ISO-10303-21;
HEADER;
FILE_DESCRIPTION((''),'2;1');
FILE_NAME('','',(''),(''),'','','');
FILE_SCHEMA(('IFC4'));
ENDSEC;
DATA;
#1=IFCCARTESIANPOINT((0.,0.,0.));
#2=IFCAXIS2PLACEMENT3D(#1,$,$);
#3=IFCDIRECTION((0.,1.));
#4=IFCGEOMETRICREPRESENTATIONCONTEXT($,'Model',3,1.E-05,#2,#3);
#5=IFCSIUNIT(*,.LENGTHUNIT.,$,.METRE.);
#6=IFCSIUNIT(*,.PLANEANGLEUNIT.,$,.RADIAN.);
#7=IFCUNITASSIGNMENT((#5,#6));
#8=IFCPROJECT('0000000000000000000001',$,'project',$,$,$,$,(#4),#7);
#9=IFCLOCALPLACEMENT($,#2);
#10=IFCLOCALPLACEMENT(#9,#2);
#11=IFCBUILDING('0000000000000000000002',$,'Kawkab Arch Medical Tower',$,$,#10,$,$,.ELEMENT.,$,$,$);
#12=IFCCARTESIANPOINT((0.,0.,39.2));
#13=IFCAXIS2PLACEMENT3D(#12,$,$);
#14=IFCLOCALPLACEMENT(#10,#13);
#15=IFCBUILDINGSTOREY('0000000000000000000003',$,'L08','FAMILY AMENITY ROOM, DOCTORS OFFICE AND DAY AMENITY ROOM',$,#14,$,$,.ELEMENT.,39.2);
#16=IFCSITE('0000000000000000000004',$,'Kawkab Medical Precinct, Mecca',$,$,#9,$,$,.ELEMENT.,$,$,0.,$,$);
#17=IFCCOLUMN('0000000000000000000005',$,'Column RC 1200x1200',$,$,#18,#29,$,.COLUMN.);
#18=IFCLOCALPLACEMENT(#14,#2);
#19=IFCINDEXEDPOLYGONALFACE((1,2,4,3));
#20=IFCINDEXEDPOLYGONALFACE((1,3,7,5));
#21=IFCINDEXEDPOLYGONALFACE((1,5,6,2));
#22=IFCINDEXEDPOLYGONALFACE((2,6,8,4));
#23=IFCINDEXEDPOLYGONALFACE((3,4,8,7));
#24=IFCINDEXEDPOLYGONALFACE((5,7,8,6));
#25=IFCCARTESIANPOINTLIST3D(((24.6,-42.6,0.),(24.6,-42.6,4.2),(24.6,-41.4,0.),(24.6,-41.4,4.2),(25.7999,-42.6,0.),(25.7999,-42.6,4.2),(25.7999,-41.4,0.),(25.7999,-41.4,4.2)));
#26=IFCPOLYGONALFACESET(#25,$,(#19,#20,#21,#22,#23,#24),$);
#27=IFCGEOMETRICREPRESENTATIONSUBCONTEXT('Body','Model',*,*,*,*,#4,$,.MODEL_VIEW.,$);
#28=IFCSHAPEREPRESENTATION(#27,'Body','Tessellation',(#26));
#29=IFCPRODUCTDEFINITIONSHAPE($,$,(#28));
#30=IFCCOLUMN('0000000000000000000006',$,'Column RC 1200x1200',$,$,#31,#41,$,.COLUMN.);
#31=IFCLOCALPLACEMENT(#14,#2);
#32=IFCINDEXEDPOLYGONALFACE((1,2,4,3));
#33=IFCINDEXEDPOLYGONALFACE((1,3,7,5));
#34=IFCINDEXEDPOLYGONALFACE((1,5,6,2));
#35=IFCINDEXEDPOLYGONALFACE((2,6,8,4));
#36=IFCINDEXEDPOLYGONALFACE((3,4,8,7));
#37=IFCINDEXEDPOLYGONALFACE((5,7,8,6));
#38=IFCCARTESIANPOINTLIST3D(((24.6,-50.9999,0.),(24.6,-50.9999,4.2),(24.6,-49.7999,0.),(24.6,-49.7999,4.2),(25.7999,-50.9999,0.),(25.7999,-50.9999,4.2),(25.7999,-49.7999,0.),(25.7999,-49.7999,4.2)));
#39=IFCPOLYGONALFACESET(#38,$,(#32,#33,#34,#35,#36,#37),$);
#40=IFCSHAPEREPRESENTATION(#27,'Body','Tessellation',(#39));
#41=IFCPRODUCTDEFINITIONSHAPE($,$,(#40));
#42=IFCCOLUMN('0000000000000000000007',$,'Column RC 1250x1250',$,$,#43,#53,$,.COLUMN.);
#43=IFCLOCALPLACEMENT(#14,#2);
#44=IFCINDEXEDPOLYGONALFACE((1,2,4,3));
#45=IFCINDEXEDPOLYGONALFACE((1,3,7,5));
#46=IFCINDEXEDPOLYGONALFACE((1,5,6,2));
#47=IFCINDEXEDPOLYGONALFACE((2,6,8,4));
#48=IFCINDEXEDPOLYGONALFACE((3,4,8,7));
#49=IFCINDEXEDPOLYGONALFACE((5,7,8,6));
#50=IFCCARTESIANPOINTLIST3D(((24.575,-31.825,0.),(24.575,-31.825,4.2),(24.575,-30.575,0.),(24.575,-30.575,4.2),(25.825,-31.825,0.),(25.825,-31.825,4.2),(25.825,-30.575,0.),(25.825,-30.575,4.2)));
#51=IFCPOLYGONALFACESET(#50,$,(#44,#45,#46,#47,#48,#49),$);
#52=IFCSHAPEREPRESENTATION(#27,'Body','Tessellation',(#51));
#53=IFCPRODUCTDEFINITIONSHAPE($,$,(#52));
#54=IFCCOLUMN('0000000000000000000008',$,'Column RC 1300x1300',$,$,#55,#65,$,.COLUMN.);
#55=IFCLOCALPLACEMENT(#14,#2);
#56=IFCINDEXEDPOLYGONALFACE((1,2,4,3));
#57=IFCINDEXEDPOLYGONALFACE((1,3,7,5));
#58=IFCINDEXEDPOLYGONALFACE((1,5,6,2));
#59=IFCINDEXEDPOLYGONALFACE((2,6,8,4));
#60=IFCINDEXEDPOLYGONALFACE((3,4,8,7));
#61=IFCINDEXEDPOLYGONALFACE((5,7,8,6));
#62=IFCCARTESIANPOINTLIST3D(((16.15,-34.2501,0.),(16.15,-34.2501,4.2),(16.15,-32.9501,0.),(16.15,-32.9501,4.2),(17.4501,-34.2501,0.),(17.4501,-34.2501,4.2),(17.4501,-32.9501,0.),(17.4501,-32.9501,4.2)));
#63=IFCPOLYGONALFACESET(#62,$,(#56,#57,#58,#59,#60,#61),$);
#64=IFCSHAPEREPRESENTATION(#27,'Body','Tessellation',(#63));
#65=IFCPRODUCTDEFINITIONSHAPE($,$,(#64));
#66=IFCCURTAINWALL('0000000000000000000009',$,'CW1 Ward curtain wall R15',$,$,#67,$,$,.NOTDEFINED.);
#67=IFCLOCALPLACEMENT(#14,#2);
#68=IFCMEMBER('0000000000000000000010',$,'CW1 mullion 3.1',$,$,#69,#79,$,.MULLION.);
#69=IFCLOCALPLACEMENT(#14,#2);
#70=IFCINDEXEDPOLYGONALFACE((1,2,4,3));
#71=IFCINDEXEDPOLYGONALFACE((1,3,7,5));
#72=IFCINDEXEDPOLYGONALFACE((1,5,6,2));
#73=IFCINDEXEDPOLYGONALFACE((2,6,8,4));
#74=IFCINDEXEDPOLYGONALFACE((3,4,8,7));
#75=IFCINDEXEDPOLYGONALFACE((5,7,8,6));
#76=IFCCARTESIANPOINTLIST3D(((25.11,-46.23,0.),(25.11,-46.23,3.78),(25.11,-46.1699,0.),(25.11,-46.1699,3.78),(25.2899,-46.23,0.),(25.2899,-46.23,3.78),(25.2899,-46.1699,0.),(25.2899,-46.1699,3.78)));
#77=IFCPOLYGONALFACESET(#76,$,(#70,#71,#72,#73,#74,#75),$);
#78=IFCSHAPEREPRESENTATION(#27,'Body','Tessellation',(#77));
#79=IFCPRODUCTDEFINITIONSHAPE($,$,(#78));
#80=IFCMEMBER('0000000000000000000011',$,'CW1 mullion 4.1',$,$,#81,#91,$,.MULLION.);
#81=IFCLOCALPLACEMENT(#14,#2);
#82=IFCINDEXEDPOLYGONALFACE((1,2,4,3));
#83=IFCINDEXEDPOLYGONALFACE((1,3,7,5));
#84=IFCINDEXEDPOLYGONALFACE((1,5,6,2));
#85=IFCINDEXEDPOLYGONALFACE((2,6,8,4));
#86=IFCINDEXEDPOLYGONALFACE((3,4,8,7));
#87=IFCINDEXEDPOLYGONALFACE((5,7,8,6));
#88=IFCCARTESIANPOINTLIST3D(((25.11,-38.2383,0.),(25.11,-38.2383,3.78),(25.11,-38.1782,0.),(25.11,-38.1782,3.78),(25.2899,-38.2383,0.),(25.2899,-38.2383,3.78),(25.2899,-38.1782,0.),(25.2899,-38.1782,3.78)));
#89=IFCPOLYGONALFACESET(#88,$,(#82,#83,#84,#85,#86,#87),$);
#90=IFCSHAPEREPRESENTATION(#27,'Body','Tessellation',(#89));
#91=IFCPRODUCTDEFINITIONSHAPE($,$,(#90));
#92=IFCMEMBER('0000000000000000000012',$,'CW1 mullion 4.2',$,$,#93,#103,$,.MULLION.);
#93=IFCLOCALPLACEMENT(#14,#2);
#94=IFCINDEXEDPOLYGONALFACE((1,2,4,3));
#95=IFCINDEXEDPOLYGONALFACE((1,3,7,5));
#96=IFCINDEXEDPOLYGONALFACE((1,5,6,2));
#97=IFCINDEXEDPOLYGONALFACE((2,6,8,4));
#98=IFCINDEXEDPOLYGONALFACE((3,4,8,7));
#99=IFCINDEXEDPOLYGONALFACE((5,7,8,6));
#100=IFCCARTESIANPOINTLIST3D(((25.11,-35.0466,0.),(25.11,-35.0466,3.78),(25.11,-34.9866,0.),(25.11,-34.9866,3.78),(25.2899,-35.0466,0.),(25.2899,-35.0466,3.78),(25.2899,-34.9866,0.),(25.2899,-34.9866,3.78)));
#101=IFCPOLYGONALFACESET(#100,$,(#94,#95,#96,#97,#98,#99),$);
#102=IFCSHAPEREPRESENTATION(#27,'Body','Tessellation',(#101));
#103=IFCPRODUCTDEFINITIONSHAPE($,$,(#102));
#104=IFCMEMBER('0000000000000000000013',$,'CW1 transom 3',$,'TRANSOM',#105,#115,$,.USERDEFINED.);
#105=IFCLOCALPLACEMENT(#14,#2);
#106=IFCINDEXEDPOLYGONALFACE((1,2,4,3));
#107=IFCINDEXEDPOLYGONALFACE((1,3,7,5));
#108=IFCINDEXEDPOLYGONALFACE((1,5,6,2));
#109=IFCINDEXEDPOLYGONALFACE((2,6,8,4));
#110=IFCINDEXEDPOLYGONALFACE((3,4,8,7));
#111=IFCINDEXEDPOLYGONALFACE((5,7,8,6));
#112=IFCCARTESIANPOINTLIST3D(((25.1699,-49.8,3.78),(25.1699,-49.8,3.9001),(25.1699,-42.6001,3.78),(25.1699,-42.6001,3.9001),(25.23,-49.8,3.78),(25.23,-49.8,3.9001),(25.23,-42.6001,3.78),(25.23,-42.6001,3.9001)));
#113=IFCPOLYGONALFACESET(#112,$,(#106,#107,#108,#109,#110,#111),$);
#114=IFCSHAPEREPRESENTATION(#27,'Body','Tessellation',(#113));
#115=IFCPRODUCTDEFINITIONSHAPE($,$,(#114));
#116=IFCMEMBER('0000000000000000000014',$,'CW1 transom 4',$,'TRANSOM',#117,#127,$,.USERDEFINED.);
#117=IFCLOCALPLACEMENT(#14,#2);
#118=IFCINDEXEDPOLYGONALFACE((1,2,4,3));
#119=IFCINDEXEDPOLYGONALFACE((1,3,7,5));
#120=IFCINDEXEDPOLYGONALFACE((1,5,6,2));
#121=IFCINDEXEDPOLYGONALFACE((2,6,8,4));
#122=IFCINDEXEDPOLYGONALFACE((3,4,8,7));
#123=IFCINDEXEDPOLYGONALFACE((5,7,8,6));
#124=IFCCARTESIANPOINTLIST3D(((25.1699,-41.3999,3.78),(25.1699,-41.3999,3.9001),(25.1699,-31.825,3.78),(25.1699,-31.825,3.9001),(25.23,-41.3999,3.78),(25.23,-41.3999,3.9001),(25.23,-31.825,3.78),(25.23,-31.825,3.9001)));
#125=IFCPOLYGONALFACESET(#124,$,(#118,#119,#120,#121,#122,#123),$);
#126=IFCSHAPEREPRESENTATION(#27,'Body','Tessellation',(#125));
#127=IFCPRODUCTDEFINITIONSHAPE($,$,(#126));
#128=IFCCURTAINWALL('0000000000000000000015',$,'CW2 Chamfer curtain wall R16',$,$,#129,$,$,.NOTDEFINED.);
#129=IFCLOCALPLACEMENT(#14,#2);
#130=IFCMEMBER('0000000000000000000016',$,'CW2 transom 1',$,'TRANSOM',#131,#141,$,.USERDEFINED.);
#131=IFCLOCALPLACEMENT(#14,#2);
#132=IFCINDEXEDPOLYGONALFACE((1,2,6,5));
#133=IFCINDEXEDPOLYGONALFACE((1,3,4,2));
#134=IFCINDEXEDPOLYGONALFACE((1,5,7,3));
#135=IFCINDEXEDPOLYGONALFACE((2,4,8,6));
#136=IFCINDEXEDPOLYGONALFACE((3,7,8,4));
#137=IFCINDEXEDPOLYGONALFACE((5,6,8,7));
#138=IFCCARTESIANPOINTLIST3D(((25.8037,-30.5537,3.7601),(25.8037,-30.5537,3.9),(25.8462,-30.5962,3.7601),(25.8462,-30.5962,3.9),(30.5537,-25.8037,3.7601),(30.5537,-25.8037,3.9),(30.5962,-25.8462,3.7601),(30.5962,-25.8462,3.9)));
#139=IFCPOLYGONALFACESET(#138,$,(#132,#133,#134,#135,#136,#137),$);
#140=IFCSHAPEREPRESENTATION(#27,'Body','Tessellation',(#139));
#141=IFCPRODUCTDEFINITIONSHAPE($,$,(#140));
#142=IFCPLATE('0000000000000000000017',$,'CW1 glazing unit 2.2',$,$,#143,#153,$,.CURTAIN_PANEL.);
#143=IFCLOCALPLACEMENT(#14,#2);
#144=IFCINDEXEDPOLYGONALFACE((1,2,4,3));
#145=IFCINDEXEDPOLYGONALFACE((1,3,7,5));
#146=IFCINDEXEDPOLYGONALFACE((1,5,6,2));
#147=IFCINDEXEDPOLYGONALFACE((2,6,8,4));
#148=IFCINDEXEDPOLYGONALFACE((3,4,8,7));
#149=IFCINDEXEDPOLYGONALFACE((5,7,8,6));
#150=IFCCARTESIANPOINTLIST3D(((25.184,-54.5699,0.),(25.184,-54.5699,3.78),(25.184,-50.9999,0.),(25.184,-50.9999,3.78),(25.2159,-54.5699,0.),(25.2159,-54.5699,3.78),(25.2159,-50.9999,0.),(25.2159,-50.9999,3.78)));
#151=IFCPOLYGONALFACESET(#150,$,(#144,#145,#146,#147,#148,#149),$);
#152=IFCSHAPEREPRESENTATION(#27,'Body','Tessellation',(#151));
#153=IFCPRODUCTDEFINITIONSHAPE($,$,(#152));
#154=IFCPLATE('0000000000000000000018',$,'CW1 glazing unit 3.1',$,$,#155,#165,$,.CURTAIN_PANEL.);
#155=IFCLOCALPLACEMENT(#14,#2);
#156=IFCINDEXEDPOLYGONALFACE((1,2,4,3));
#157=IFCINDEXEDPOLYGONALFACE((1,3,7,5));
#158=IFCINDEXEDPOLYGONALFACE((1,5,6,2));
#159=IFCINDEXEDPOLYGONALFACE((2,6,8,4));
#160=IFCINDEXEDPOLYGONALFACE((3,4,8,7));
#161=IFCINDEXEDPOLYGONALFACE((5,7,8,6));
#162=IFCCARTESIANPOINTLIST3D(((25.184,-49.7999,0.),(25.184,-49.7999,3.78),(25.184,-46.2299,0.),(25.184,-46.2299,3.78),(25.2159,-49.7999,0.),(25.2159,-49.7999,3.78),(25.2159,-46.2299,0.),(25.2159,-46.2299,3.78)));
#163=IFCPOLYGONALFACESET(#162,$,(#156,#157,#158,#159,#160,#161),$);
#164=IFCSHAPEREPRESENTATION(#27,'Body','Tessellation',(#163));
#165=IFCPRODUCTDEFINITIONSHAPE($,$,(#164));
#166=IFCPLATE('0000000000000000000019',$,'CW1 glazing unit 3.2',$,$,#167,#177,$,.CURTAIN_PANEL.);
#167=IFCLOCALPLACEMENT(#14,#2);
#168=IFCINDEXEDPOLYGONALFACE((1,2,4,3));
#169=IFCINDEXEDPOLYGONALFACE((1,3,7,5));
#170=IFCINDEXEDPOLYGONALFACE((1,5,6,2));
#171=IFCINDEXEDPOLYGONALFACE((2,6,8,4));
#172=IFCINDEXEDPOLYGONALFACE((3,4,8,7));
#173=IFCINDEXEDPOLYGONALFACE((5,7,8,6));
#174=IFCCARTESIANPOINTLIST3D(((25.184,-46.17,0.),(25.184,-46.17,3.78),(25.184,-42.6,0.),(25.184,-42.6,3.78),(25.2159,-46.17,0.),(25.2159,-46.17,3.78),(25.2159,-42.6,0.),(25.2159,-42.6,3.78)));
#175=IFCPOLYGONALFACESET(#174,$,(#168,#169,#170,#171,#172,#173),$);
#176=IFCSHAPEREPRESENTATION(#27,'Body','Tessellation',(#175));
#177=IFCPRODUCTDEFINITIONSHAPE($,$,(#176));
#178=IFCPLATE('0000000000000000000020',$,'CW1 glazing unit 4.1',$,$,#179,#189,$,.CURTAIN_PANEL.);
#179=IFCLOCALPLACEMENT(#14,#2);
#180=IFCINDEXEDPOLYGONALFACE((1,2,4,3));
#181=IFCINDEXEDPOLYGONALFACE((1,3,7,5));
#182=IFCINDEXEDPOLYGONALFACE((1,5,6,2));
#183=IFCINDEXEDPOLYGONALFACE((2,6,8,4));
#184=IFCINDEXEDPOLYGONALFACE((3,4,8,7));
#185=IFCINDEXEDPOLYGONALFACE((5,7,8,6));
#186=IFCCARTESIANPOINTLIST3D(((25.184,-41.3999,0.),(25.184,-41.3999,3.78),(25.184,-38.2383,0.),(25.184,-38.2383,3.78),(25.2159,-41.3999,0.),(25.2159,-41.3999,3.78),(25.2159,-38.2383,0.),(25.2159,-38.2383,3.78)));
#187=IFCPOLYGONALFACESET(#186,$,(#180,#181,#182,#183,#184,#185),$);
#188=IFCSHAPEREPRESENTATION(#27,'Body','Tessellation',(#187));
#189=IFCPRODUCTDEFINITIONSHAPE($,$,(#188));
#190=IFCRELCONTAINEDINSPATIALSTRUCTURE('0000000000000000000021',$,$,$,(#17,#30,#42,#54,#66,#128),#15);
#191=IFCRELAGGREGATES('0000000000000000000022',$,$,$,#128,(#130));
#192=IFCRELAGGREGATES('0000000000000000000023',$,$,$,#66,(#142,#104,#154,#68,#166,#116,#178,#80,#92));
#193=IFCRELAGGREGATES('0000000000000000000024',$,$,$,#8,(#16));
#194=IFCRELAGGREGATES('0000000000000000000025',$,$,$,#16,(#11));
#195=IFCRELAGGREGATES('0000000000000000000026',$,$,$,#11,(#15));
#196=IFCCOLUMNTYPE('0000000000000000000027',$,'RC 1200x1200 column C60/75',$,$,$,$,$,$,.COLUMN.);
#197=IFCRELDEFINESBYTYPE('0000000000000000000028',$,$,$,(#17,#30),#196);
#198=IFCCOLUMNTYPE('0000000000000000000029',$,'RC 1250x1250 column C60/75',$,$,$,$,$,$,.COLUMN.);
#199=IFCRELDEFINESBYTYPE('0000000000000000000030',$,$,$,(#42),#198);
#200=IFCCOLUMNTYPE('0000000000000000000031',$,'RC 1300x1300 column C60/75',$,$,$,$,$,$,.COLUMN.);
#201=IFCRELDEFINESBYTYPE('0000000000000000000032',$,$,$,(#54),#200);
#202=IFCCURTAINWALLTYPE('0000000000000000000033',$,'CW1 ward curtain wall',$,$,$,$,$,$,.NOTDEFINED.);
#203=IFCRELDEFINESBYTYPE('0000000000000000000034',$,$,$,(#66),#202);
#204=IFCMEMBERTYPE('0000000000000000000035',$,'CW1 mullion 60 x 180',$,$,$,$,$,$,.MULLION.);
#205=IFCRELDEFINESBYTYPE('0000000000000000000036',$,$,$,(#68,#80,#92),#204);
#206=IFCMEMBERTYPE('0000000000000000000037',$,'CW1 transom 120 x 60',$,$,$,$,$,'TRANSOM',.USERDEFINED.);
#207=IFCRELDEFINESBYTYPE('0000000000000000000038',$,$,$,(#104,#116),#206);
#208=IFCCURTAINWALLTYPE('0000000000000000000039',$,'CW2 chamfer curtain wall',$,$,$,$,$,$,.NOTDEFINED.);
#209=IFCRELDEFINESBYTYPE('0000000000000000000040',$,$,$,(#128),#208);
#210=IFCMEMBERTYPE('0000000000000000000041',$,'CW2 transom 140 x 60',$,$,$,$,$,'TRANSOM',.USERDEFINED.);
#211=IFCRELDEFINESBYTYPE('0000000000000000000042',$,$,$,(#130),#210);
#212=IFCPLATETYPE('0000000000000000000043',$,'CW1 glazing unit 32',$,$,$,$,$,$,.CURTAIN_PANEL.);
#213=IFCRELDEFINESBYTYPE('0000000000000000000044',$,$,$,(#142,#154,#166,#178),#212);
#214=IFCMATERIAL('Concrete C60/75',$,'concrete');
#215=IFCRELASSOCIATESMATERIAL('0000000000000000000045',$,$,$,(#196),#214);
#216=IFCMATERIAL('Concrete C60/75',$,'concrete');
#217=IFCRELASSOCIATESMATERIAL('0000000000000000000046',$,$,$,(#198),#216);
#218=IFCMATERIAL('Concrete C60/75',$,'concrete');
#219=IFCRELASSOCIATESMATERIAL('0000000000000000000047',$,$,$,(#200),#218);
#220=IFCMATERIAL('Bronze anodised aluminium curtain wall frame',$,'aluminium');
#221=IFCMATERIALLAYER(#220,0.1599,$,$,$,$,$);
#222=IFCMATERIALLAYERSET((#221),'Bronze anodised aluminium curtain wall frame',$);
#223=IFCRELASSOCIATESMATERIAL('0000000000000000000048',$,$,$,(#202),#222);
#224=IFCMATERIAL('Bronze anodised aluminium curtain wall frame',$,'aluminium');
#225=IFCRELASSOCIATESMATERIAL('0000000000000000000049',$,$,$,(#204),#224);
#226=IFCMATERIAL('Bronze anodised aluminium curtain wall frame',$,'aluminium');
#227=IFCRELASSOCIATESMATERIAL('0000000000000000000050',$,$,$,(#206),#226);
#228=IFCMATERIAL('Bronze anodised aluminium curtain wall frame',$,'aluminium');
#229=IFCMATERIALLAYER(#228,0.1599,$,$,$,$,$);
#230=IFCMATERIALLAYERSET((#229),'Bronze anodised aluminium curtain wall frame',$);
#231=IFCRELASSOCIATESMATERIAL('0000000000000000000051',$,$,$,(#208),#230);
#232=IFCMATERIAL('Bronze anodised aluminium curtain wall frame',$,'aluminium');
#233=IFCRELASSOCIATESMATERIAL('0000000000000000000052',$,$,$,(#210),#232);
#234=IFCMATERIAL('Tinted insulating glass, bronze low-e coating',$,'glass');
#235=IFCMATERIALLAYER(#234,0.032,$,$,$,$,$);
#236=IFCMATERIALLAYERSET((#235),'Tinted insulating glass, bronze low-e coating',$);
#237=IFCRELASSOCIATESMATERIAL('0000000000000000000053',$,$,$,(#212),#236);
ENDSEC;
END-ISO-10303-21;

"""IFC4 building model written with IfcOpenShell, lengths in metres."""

from ifc_helpers import new_model, si_unit, direction, frame, origin, origin_2d, place, context, subcontext, project, spatial, rectangle, extrude, material, layer, layer_set, material_profile, profile_set, type_object, element, aggregate, save


model = new_model("IFC4")

# Units and contexts
model_context = context("Model", 3, precision=1e-05, world=origin(), true_north=direction((0.0, 1.0)))
body_context = subcontext(model_context, "Body", "Model", "MODEL_VIEW")
ifc_project = project(units=[si_unit("LENGTHUNIT", "METRE"), si_unit("PLANEANGLEUNIT", "RADIAN")], contexts=[model_context])

# Site, building, storey
site_placement = place(None, origin())
site = spatial("IfcSite", under=ifc_project, at=site_placement, Name="Kawkab Medical Precinct, Mecca", CompositionType="ELEMENT", RefElevation=0.0)
building_placement = place(site_placement, origin())
building = spatial("IfcBuilding", under=site, at=building_placement, Name="Kawkab Arch Medical Tower", CompositionType="ELEMENT")
storey_placement = place(building_placement, frame((0.0, 0.0, 39.2)))
storey = spatial("IfcBuildingStorey", under=building, at=storey_placement, Name="L08", Description="FAMILY AMENITY ROOM, DOCTORS OFFICE AND DAY AMENITY ROOM", CompositionType="ELEMENT", Elevation=39.2)

# Columns
ifc_material_1 = material(Name="Concrete C60/75", Category="concrete")
ifc_material_profile_1 = material_profile(ifc_material_1, rectangle(XDim=1.2, YDim=1.2, at=origin_2d()), Name="RC 1200x1200")
ifc_profile_set_1 = profile_set([ifc_material_profile_1], Name="Concrete C60/75")
column_type_1 = type_object("IfcColumnType", Name="RC 1200x1200 column C60/75", PredefinedType="COLUMN", material=ifc_profile_set_1)
for number, where, z_axis, x_axis, name in (
    (1, (25.2, -42.0, 0.0), (0.0, 0.0, 1.0), (1.0, 0.0, 0.0), "Column RC 1200x1200"),
    (2, (25.2, -50.3999, 0.0), (0.0, 0.0, 1.0), (1.0, 0.0, 0.0), "Column RC 1200x1200"),
):
    element("IfcColumn", number, at=place(storey_placement, frame(where, z_axis=z_axis, x_axis=x_axis)), inside=storey, type_object=column_type_1, Name=name, PredefinedType="COLUMN", context=body_context, shape_type="SweptSolid", body=[
        extrude(rectangle(XDim=1.2, YDim=1.2, at=origin_2d()), origin(), (0.0, 0.0, 1.0), 4.2),
    ])
ifc_material_2 = material(Name="Concrete C60/75", Category="concrete")
ifc_material_profile_2 = material_profile(ifc_material_2, rectangle(XDim=1.25, YDim=1.25, at=origin_2d()), Name="RC 1250x1250")
ifc_profile_set_2 = profile_set([ifc_material_profile_2], Name="Concrete C60/75")
column_type_2 = type_object("IfcColumnType", Name="RC 1250x1250 column C60/75", PredefinedType="COLUMN", material=ifc_profile_set_2)
column_1_placement = place(storey_placement, frame((25.2, -31.2, 0.0), z_axis=(0.0, 0.0, 1.0), x_axis=(1.0, 0.0, 0.0)))
element("IfcColumn", 3, at=column_1_placement, inside=storey, type_object=column_type_2, Name="Column RC 1250x1250", PredefinedType="COLUMN", context=body_context, shape_type="SweptSolid", body=[
    extrude(rectangle(XDim=1.25, YDim=1.25, at=origin_2d()), origin(), (0.0, 0.0, 1.0), 4.2),
])
ifc_material_3 = material(Name="Concrete C60/75", Category="concrete")
ifc_material_profile_3 = material_profile(ifc_material_3, rectangle(XDim=1.3, YDim=1.3, at=origin_2d()), Name="RC 1300x1300")
ifc_profile_set_3 = profile_set([ifc_material_profile_3], Name="Concrete C60/75")
column_type_3 = type_object("IfcColumnType", Name="RC 1300x1300 column C60/75", PredefinedType="COLUMN", material=ifc_profile_set_3)
column_2_placement = place(storey_placement, frame((16.8, -33.6001, 0.0), z_axis=(0.0, 0.0, 1.0), x_axis=(1.0, 0.0, 0.0)))
element("IfcColumn", 4, at=column_2_placement, inside=storey, type_object=column_type_3, Name="Column RC 1300x1300", PredefinedType="COLUMN", context=body_context, shape_type="SweptSolid", body=[
    extrude(rectangle(XDim=1.3, YDim=1.3, at=origin_2d()), origin(), (0.0, 0.0, 1.0), 4.2),
])

# Curtain wall, members
ifc_material_4 = material(Name="Bronze anodised aluminium curtain wall frame", Category="aluminium")
ifc_layer_1 = layer(ifc_material_4, 0.1599)
ifc_layer_set_1 = layer_set([ifc_layer_1], Name="Bronze anodised aluminium curtain wall frame")
curtain_wall_type_1 = type_object("IfcCurtainWallType", Name="CW1 ward curtain wall", PredefinedType="NOTDEFINED", material=ifc_layer_set_1)
placement = place(storey_placement, origin())
curtain_wall_1 = element("IfcCurtainWall", 5, at=placement, inside=storey, type_object=curtain_wall_type_1, Name="CW1 Ward curtain wall R15", PredefinedType="NOTDEFINED")
ifc_material_5 = material(Name="Bronze anodised aluminium curtain wall frame", Category="aluminium")
ifc_material_profile_4 = material_profile(ifc_material_5, rectangle(XDim=0.1799, YDim=0.0601, at=origin_2d()), Name="AL 60x180")
ifc_profile_set_4 = profile_set([ifc_material_profile_4], Name="Bronze anodised aluminium curtain wall frame")
member_type_1 = type_object("IfcMemberType", Name="CW1 mullion 60 x 180", PredefinedType="MULLION", material=ifc_profile_set_4)
member_1_placement = place(storey_placement, frame((25.2, -46.2, 0.0), z_axis=(0.0, 0.0, 1.0), x_axis=(-1.0, 0.0, 0.0)))
member_1 = element("IfcMember", 6, at=member_1_placement, type_object=member_type_1, Name="CW1 mullion 3.1", PredefinedType="MULLION", context=body_context, shape_type="SweptSolid", body=[
    extrude(rectangle(XDim=0.1799, YDim=0.0601, at=origin_2d()), origin(), (0.0, 0.0, 1.0), 3.78),
])
member_2_placement = place(storey_placement, frame((25.2, -38.2083, 0.0), z_axis=(0.0, 0.0, 1.0), x_axis=(-1.0, 0.0, 0.0)))
member_2 = element("IfcMember", 7, at=member_2_placement, type_object=member_type_1, Name="CW1 mullion 4.1", PredefinedType="MULLION", context=body_context, shape_type="SweptSolid", body=[
    extrude(rectangle(XDim=0.1799, YDim=0.0601, at=origin_2d()), origin(), (0.0, 0.0, 1.0), 3.78),
])
member_3_placement = place(storey_placement, frame((25.2, -35.0166, 0.0), z_axis=(0.0, 0.0, 1.0), x_axis=(-1.0, 0.0, 0.0)))
member_3 = element("IfcMember", 8, at=member_3_placement, type_object=member_type_1, Name="CW1 mullion 4.2", PredefinedType="MULLION", context=body_context, shape_type="SweptSolid", body=[
    extrude(rectangle(XDim=0.1799, YDim=0.0601, at=origin_2d()), origin(), (0.0, 0.0, 1.0), 3.78),
])
ifc_material_6 = material(Name="Bronze anodised aluminium curtain wall frame", Category="aluminium")
ifc_material_profile_5 = material_profile(ifc_material_6, rectangle(XDim=0.0601, YDim=0.1201, at=origin_2d()), Name="AL 60x120")
ifc_profile_set_5 = profile_set([ifc_material_profile_5], Name="Bronze anodised aluminium curtain wall frame")
member_type_2 = type_object("IfcMemberType", Name="CW1 transom 120 x 60", ElementType="TRANSOM", PredefinedType="USERDEFINED", material=ifc_profile_set_5)
member_4_placement = place(storey_placement, frame((25.2, -49.8, 3.8401), z_axis=(0.0, 1.0, 0.0), x_axis=(-1.0, 0.0, 0.0)))
member_4 = element("IfcMember", 9, at=member_4_placement, type_object=member_type_2, Name="CW1 transom 3", ObjectType="TRANSOM", PredefinedType="USERDEFINED", context=body_context, shape_type="SweptSolid", body=[
    extrude(rectangle(XDim=0.0601, YDim=0.1201, at=origin_2d()), origin(), (0.0, 0.0, 1.0), 7.2),
])
member_5_placement = place(storey_placement, frame((25.2, -41.3999, 3.8401), z_axis=(0.0, 1.0, 0.0), x_axis=(-1.0, 0.0, 0.0)))
member_5 = element("IfcMember", 10, at=member_5_placement, type_object=member_type_2, Name="CW1 transom 4", ObjectType="TRANSOM", PredefinedType="USERDEFINED", context=body_context, shape_type="SweptSolid", body=[
    extrude(rectangle(XDim=0.0601, YDim=0.1201, at=origin_2d()), origin(), (0.0, 0.0, 1.0), 9.575),
])

# Curtain wall, member
ifc_material_7 = material(Name="Bronze anodised aluminium curtain wall frame", Category="aluminium")
ifc_layer_2 = layer(ifc_material_7, 0.1599)
ifc_layer_set_2 = layer_set([ifc_layer_2], Name="Bronze anodised aluminium curtain wall frame")
curtain_wall_type_2 = type_object("IfcCurtainWallType", Name="CW2 chamfer curtain wall", PredefinedType="NOTDEFINED", material=ifc_layer_set_2)
curtain_wall_2 = element("IfcCurtainWall", 11, at=placement, inside=storey, type_object=curtain_wall_type_2, Name="CW2 Chamfer curtain wall R16", PredefinedType="NOTDEFINED")
ifc_material_8 = material(Name="Bronze anodised aluminium curtain wall frame", Category="aluminium")
ifc_material_profile_6 = material_profile(ifc_material_8, rectangle(XDim=0.0601, YDim=0.1399, at=origin_2d()), Name="AL 60x140")
ifc_profile_set_6 = profile_set([ifc_material_profile_6], Name="Bronze anodised aluminium curtain wall frame")
member_type_3 = type_object("IfcMemberType", Name="CW2 transom 140 x 60", ElementType="TRANSOM", PredefinedType="USERDEFINED", material=ifc_profile_set_6)
member_6_placement = place(storey_placement, frame((25.825, -30.575, 3.8301), z_axis=(0.707107, 0.707107, 0.0), x_axis=(-0.707107, 0.707107, 0.0)))
member_6 = element("IfcMember", 12, at=member_6_placement, type_object=member_type_3, Name="CW2 transom 1", ObjectType="TRANSOM", PredefinedType="USERDEFINED", context=body_context, shape_type="SweptSolid", body=[
    extrude(rectangle(XDim=0.0601, YDim=0.1399, at=origin_2d()), origin(), (0.0, 0.0, 1.0), 6.7175),
])
aggregate(curtain_wall_2, [member_6])

# Plates
ifc_material_9 = material(Name="Tinted insulating glass, bronze low-e coating", Category="glass")
ifc_layer_3 = layer(ifc_material_9, 0.032)
ifc_layer_set_3 = layer_set([ifc_layer_3], Name="Tinted insulating glass, bronze low-e coating")
plate_type = type_object("IfcPlateType", Name="CW1 glazing unit 32", PredefinedType="CURTAIN_PANEL", material=ifc_layer_set_3)
plate_1_placement = place(storey_placement, frame((25.2, -52.7849, 0.0), z_axis=(0.0, 0.0, 1.0), x_axis=(0.0, 1.0, 0.0)))
plate_1 = element("IfcPlate", 13, at=plate_1_placement, type_object=plate_type, Name="CW1 glazing unit 2.2", PredefinedType="CURTAIN_PANEL", context=body_context, shape_type="SweptSolid", body=[
    extrude(rectangle(XDim=3.5701, YDim=0.032, at=origin_2d()), origin(), (0.0, 0.0, 1.0), 3.78),
])
plate_2_placement = place(storey_placement, frame((25.2, -48.0149, 0.0), z_axis=(0.0, 0.0, 1.0), x_axis=(0.0, 1.0, 0.0)))
plate_2 = element("IfcPlate", 14, at=plate_2_placement, type_object=plate_type, Name="CW1 glazing unit 3.1", PredefinedType="CURTAIN_PANEL", context=body_context, shape_type="SweptSolid", body=[
    extrude(rectangle(XDim=3.5701, YDim=0.032, at=origin_2d()), origin(), (0.0, 0.0, 1.0), 3.78),
])
plate_3_placement = place(storey_placement, frame((25.2, -44.385, 0.0), z_axis=(0.0, 0.0, 1.0), x_axis=(0.0, 1.0, 0.0)))
plate_3 = element("IfcPlate", 15, at=plate_3_placement, type_object=plate_type, Name="CW1 glazing unit 3.2", PredefinedType="CURTAIN_PANEL", context=body_context, shape_type="SweptSolid", body=[
    extrude(rectangle(XDim=3.5701, YDim=0.032, at=origin_2d()), origin(), (0.0, 0.0, 1.0), 3.78),
])
plate_4_placement = place(storey_placement, frame((25.2, -39.8191, 0.0), z_axis=(0.0, 0.0, 1.0), x_axis=(0.0, 1.0, 0.0)))
plate_4 = element("IfcPlate", 16, at=plate_4_placement, type_object=plate_type, Name="CW1 glazing unit 4.1", PredefinedType="CURTAIN_PANEL", context=body_context, shape_type="SweptSolid", body=[
    extrude(rectangle(XDim=3.1616, YDim=0.032, at=origin_2d()), origin(), (0.0, 0.0, 1.0), 3.78),
])
aggregate(curtain_wall_1, [plate_1, member_4, plate_2, member_1, plate_3, member_5, plate_4, member_2, member_3])

save(model, "model.ifc")
